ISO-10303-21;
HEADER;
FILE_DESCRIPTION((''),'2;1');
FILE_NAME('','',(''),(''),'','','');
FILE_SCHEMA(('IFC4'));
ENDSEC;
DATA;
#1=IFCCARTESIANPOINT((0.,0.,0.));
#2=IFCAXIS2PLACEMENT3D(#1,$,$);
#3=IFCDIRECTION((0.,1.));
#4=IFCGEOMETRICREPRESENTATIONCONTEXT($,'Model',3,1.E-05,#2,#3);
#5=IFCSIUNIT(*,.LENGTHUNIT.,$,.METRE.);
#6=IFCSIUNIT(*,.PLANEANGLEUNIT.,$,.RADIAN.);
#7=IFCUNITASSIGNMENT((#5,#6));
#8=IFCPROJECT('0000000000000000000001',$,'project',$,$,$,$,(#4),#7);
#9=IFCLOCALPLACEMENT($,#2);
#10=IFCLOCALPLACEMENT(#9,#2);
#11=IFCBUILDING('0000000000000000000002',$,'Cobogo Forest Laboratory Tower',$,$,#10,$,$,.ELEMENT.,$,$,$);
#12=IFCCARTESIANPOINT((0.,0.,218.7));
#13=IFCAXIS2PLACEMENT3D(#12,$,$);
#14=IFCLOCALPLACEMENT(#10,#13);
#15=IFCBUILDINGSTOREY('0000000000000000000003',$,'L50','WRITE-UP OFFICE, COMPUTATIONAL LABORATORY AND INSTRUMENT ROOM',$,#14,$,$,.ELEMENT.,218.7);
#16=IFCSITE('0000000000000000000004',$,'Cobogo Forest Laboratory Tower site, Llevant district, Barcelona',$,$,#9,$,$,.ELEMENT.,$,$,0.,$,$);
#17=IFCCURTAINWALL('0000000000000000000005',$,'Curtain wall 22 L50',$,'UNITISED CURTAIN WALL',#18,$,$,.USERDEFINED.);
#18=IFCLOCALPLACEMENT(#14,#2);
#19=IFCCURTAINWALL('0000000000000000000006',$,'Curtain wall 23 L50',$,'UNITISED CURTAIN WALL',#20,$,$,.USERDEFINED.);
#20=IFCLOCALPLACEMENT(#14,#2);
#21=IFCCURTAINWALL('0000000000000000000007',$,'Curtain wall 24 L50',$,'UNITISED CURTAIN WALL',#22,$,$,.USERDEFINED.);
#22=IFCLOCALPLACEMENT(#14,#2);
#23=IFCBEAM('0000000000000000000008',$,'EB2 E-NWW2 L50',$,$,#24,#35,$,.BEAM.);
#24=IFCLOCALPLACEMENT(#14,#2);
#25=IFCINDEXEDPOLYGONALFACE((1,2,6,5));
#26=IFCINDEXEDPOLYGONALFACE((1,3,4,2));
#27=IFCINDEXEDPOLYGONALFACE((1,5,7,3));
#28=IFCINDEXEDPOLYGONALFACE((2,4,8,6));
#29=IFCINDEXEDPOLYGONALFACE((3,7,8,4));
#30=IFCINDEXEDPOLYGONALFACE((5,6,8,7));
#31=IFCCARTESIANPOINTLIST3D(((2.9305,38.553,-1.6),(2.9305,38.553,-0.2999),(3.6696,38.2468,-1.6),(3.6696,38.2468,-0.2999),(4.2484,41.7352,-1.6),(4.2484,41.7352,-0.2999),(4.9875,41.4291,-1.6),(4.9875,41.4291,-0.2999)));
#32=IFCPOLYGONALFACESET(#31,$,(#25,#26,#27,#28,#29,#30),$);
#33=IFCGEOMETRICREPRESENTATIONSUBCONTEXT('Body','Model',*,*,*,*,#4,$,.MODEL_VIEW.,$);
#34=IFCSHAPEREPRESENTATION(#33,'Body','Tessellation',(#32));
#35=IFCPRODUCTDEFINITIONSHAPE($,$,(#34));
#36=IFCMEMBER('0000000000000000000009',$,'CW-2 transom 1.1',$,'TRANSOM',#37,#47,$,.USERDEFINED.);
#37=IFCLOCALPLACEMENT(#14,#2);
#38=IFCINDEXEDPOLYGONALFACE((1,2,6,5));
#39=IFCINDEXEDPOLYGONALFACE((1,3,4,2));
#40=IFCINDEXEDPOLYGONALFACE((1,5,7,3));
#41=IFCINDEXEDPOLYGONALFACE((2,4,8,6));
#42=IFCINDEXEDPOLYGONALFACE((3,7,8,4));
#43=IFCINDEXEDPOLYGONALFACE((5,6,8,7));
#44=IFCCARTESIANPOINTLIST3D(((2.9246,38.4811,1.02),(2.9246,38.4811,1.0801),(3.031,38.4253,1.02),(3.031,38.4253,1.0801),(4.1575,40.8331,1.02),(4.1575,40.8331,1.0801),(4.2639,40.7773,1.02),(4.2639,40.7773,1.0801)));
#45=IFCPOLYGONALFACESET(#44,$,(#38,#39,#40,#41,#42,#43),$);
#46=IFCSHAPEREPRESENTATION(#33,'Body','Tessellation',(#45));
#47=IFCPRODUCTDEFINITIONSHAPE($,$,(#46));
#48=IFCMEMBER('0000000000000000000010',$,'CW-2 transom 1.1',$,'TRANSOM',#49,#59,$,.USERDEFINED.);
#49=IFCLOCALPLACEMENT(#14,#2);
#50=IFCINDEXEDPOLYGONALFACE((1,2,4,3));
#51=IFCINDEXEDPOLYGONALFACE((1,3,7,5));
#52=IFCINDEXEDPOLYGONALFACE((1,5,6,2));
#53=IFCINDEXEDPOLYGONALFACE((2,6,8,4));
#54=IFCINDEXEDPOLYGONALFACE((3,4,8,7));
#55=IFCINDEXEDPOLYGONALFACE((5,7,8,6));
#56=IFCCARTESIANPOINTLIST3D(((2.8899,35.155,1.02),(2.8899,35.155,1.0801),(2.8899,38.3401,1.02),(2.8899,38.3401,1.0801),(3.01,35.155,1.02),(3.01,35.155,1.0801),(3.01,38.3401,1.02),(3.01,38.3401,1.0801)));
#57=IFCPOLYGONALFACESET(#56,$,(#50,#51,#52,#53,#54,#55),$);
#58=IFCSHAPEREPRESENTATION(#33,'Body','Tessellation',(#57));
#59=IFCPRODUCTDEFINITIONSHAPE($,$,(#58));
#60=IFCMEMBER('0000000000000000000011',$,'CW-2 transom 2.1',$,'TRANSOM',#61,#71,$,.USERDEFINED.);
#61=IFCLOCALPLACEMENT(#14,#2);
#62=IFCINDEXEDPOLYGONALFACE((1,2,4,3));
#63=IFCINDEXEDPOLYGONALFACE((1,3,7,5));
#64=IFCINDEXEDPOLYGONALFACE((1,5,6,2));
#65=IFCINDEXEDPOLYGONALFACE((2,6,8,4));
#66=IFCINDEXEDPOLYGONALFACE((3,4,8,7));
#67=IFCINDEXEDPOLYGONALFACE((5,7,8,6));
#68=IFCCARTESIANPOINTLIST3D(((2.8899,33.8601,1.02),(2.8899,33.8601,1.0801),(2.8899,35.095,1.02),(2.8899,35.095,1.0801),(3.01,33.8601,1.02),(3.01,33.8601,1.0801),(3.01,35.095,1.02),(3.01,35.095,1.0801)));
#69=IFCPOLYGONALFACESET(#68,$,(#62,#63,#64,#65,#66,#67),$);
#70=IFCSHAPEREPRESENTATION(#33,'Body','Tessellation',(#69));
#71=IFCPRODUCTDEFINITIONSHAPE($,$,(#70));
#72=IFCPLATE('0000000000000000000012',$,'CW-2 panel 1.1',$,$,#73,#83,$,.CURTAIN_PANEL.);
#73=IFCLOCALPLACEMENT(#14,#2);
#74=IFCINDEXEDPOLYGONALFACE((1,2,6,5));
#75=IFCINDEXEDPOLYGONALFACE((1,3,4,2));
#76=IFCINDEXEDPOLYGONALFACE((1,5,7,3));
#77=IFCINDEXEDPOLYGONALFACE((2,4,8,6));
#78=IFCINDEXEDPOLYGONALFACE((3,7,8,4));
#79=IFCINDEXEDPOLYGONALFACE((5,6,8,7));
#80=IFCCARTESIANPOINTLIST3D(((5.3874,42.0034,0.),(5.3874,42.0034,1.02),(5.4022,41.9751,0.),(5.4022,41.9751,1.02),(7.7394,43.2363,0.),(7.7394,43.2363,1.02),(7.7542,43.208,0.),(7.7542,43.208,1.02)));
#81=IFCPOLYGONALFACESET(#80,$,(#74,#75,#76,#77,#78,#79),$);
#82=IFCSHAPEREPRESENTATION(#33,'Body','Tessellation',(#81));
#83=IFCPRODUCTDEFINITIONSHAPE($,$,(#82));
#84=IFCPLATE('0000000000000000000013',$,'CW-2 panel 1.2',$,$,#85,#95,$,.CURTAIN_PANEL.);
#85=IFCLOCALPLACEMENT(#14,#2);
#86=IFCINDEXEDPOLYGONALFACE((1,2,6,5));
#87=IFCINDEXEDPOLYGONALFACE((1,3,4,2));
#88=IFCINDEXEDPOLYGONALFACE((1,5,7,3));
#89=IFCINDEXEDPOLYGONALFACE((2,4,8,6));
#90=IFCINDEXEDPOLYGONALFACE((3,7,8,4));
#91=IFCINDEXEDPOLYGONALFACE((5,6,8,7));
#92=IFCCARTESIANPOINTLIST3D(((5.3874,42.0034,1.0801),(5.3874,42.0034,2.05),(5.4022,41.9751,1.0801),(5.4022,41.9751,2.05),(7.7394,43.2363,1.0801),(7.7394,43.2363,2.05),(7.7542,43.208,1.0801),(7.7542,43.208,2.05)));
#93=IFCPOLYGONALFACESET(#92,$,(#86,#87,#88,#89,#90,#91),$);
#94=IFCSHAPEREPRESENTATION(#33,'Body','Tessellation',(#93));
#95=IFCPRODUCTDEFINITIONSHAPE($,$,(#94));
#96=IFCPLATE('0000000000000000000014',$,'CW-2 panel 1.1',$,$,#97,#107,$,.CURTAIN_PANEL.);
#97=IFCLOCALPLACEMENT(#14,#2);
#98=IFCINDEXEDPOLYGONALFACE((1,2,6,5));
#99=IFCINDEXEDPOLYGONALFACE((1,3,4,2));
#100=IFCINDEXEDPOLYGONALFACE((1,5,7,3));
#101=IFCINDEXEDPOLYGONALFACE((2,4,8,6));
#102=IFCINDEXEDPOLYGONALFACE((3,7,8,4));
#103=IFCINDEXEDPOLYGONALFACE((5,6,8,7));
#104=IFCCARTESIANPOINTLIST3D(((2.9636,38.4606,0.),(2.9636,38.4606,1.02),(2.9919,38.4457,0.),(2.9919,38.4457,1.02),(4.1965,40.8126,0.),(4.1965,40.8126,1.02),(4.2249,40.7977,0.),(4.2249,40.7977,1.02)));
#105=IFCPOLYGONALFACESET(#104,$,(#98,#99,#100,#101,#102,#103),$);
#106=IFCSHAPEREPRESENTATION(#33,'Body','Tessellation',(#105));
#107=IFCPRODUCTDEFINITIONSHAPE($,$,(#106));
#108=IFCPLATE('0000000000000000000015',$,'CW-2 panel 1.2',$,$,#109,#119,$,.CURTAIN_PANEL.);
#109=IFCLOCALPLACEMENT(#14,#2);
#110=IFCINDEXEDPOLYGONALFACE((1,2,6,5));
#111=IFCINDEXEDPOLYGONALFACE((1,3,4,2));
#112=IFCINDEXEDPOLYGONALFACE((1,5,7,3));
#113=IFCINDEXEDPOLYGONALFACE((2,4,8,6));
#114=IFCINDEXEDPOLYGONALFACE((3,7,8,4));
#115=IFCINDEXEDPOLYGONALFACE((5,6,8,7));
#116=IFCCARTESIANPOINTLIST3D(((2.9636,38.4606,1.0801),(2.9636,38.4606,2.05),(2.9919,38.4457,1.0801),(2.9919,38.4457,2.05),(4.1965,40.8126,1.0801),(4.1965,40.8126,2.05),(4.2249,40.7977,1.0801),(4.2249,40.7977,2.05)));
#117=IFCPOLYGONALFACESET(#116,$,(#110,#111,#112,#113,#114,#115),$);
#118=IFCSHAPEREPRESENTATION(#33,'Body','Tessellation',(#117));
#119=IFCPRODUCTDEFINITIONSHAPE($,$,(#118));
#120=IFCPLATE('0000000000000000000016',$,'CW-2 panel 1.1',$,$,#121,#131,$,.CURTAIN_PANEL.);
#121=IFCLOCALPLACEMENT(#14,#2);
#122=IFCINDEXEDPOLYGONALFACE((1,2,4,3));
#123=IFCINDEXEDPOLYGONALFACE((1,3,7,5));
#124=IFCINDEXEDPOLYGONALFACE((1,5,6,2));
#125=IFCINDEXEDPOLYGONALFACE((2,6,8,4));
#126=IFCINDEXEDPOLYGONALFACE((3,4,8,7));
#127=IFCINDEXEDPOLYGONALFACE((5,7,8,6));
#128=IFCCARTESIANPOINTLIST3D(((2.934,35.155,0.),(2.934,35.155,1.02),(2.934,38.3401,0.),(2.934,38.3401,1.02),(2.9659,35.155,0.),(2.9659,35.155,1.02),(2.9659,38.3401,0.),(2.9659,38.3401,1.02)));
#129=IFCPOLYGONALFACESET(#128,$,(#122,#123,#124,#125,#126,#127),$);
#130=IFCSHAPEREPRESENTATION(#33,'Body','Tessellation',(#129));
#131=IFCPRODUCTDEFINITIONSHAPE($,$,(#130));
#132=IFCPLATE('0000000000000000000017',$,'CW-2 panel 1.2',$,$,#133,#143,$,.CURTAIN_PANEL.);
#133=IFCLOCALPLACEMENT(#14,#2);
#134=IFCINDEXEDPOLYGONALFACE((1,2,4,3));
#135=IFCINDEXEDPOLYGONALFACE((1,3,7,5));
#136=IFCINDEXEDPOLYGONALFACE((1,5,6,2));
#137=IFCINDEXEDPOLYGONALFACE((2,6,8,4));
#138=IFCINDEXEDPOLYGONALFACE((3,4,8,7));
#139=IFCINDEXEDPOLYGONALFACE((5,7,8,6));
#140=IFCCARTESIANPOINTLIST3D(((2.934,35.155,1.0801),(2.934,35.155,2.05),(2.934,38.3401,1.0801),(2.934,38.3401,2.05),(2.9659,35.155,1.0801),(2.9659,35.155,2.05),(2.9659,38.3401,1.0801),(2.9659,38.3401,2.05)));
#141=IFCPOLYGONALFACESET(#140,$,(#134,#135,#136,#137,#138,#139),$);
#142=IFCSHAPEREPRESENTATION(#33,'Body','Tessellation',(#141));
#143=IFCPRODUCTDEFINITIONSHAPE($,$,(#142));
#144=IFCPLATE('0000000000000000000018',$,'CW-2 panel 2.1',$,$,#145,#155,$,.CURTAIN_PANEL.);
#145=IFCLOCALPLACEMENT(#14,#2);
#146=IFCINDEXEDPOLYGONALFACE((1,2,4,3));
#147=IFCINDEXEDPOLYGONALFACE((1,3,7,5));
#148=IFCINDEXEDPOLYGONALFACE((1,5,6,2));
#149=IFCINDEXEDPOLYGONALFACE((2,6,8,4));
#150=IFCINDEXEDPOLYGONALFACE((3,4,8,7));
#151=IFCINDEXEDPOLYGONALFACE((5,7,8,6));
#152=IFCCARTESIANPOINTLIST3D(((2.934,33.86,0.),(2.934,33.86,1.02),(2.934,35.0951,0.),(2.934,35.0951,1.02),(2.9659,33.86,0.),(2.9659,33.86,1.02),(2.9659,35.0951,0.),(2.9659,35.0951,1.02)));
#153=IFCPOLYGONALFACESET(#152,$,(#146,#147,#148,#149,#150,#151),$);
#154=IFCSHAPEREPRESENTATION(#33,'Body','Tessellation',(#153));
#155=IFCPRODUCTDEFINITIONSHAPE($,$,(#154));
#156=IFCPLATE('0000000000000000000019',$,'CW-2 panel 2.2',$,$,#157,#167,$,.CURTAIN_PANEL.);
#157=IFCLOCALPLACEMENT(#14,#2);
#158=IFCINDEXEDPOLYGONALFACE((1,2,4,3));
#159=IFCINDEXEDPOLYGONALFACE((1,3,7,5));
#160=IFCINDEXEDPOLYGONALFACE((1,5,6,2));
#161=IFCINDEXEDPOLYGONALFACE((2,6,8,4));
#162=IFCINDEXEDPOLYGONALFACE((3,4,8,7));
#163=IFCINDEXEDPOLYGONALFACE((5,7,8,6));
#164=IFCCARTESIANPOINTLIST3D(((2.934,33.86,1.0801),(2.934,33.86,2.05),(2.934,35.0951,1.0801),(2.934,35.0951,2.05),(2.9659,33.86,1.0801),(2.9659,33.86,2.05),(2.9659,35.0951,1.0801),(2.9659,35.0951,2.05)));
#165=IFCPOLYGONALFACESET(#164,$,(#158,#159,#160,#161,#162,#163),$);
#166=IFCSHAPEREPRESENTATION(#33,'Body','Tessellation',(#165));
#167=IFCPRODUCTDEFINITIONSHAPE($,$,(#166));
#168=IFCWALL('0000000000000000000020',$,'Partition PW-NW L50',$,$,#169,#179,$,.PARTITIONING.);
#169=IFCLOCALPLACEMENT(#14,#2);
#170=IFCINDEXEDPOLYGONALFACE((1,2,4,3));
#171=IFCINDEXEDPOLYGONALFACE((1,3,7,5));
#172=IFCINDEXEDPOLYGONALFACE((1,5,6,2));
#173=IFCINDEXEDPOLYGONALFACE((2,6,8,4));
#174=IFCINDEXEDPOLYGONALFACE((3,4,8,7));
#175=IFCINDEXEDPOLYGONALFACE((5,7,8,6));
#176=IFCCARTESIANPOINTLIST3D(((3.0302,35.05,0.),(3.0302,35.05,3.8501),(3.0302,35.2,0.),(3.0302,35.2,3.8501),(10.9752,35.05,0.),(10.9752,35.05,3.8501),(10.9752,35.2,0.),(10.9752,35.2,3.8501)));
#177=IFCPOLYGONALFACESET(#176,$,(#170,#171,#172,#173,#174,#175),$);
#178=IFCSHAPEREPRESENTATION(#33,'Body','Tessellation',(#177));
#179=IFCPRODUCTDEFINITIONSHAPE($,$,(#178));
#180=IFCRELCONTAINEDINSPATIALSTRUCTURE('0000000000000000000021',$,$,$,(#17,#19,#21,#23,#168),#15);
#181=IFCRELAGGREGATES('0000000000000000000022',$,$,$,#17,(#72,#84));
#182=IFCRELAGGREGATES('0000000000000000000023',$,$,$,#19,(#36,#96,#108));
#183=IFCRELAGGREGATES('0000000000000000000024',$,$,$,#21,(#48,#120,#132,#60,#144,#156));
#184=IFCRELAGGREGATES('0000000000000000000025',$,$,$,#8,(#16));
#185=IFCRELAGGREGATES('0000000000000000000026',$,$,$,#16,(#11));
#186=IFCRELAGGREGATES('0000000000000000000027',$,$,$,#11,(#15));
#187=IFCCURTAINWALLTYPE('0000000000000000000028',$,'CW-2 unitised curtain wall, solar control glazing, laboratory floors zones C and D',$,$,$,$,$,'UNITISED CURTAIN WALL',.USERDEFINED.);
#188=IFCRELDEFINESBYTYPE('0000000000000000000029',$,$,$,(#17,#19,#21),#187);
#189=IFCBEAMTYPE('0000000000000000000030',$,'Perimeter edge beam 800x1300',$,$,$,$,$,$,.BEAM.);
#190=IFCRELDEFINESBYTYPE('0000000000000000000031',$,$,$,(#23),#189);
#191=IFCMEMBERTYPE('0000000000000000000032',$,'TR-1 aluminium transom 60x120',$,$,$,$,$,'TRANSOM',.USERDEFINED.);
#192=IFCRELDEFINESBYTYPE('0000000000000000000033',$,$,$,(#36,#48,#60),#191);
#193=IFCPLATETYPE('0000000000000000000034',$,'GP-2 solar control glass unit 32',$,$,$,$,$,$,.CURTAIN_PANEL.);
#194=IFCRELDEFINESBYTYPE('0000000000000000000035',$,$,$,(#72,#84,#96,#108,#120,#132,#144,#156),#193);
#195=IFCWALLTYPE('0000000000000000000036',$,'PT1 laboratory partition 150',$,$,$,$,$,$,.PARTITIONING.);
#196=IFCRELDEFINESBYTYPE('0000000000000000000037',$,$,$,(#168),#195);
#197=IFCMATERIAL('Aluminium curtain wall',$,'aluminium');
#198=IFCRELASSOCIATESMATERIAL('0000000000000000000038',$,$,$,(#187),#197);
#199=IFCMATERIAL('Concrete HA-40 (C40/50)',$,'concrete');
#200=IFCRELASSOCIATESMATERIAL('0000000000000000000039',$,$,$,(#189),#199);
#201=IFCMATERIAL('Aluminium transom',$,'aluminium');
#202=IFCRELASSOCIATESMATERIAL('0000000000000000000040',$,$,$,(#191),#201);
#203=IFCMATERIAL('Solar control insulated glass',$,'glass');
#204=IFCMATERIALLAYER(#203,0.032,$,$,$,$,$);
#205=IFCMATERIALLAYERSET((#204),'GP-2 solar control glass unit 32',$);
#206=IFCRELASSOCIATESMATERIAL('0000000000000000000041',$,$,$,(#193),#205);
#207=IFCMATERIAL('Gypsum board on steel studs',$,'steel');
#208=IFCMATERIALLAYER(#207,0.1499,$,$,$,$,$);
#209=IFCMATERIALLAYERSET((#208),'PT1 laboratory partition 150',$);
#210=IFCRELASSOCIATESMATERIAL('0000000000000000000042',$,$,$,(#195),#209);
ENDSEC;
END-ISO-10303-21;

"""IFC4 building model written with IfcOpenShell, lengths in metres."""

from ifc_helpers import new_model, si_unit, direction, frame, frame_2d, origin, origin_2d, place, context, subcontext, project, spatial, rectangle, extrude, material, layer, layer_set, material_profile, profile_set, type_object, element, aggregate, save


model = new_model("IFC4")

# Units and contexts
model_context = context("Model", 3, precision=1e-05, world=origin(), true_north=direction((0.0, 1.0)))
body_context = subcontext(model_context, "Body", "Model", "MODEL_VIEW")
ifc_project = project(units=[si_unit("LENGTHUNIT", "METRE"), si_unit("PLANEANGLEUNIT", "RADIAN")], contexts=[model_context])

# Site, building, storey
site_placement = place(None, origin())
site = spatial("IfcSite", under=ifc_project, at=site_placement, Name="Cobogo Forest Laboratory Tower site, Llevant district, Barcelona", CompositionType="ELEMENT", RefElevation=0.0)
building_placement = place(site_placement, origin())
building = spatial("IfcBuilding", under=site, at=building_placement, Name="Cobogo Forest Laboratory Tower", CompositionType="ELEMENT")
storey_placement = place(building_placement, frame((0.0, 0.0, 218.7)))
storey = spatial("IfcBuildingStorey", under=building, at=storey_placement, Name="L50", Description="WRITE-UP OFFICE, COMPUTATIONAL LABORATORY AND INSTRUMENT ROOM", CompositionType="ELEMENT", Elevation=218.7)

# Curtain wall
ifc_material_1 = material(Name="Aluminium curtain wall", Category="aluminium")
curtain_wall_type = type_object("IfcCurtainWallType", Name="CW-2 unitised curtain wall, solar control glazing, laboratory floors zones C and D", ElementType="UNITISED CURTAIN WALL", PredefinedType="USERDEFINED", material=ifc_material_1)
curtain_wall_1_placement = place(storey_placement, origin())
curtain_wall_1 = element("IfcCurtainWall", 1, at=curtain_wall_1_placement, inside=storey, type_object=curtain_wall_type, Name="Curtain wall 22 L50", ObjectType="UNITISED CURTAIN WALL", PredefinedType="USERDEFINED")

# Curtain walls
curtain_wall_2_placement = place(storey_placement, origin())
curtain_wall_2 = element("IfcCurtainWall", 2, at=curtain_wall_2_placement, inside=storey, type_object=curtain_wall_type, Name="Curtain wall 23 L50", ObjectType="UNITISED CURTAIN WALL", PredefinedType="USERDEFINED")
curtain_wall_3_placement = place(storey_placement, origin())
curtain_wall_3 = element("IfcCurtainWall", 3, at=curtain_wall_3_placement, inside=storey, type_object=curtain_wall_type, Name="Curtain wall 24 L50", ObjectType="UNITISED CURTAIN WALL", PredefinedType="USERDEFINED")

# Beam
ifc_material_2 = material(Name="Concrete HA-40 (C40/50)", Category="concrete")
ifc_material_profile_1 = material_profile(ifc_material_2, rectangle(XDim=0.8, YDim=1.3, at=origin_2d()), Name="RC 800x1300")
ifc_profile_set_1 = profile_set([ifc_material_profile_1], Name="Concrete HA-40 (C40/50)")
beam_type_1 = type_object("IfcBeamType", Name="Perimeter edge beam 800x1300", PredefinedType="BEAM", material=ifc_profile_set_1)
beam_1_placement = place(storey_placement, frame((3.3, 38.3999, -0.95), z_axis=(0.382631, 0.923901, 0.0), x_axis=(-0.923901, 0.382631, 0.0)))
element("IfcBeam", 4, at=beam_1_placement, inside=storey, type_object=beam_type_1, Name="EB2 E-NWW2 L50", PredefinedType="BEAM", context=body_context, shape_type="SweptSolid", body=[
    extrude(rectangle(XDim=0.8, YDim=1.3, at=origin_2d()), origin(), (0.0, 0.0, 1.0), 3.4443),
])

# Members
ifc_material_3 = material(Name="Aluminium transom", Category="aluminium")
ifc_material_profile_2 = material_profile(ifc_material_3, rectangle(XDim=0.1201, YDim=0.0601, at=origin_2d()), Name="AL 60x120")
ifc_profile_set_2 = profile_set([ifc_material_profile_2], Name="Aluminium transom")
member_type_1 = type_object("IfcMemberType", Name="TR-1 aluminium transom 60x120", ElementType="TRANSOM", PredefinedType="USERDEFINED", material=ifc_profile_set_2)
member_1_placement = place(storey_placement, frame((4.2107, 40.8052, 1.05), z_axis=(-0.464268, -0.885695, 0.0), x_axis=(0.885695, -0.464268, 0.0)))
member_1 = element("IfcMember", 5, at=member_1_placement, type_object=member_type_1, Name="CW-2 transom 1.1", ObjectType="TRANSOM", PredefinedType="USERDEFINED", context=body_context, shape_type="SweptSolid", body=[
    extrude(rectangle(XDim=0.1201, YDim=0.0601, at=origin_2d()), origin(), (0.0, 0.0, 1.0), 2.6555),
])
member_2_placement = place(storey_placement, frame((2.95, 38.3401, 1.05), z_axis=(0.0, -1.0, 0.0), x_axis=(1.0, 0.0, 0.0)))
member_2 = element("IfcMember", 6, at=member_2_placement, type_object=member_type_1, Name="CW-2 transom 1.1", ObjectType="TRANSOM", PredefinedType="USERDEFINED", context=body_context, shape_type="SweptSolid", body=[
    extrude(rectangle(XDim=0.1201, YDim=0.0601, at=origin_2d()), origin(), (0.0, 0.0, 1.0), 3.1851),
])
member_3_placement = place(storey_placement, frame((2.95, 35.095, 1.05), z_axis=(0.0, -1.0, 0.0), x_axis=(1.0, 0.0, 0.0)))
member_3 = element("IfcMember", 7, at=member_3_placement, type_object=member_type_1, Name="CW-2 transom 2.1", ObjectType="TRANSOM", PredefinedType="USERDEFINED", context=body_context, shape_type="SweptSolid", body=[
    extrude(rectangle(XDim=0.1201, YDim=0.0601, at=origin_2d()), origin(), (0.0, 0.0, 1.0), 1.2349),
])

# Plates
ifc_material_4 = material(Name="Solar control insulated glass", Category="glass")
ifc_layer_1 = layer(ifc_material_4, 0.032)
ifc_layer_set_1 = layer_set([ifc_layer_1], Name="GP-2 solar control glass unit 32")
plate_type = type_object("IfcPlateType", Name="GP-2 solar control glass unit 32", PredefinedType="CURTAIN_PANEL", material=ifc_layer_set_1)
plate_1_placement = place(storey_placement, frame((6.5708, 42.6057, 0.0), z_axis=(0.0, 0.0, 1.0), x_axis=(-0.885687, -0.464284, 0.0)))
plate_1 = element("IfcPlate", 8, at=plate_1_placement, type_object=plate_type, Name="CW-2 panel 1.1", PredefinedType="CURTAIN_PANEL", context=body_context, shape_type="SweptSolid", body=[
    extrude(rectangle(XDim=2.6555, YDim=0.032, at=origin_2d()), origin(), (0.0, 0.0, 1.0), 1.02),
])
plate_2_placement = place(storey_placement, frame((6.5708, 42.6057, 1.0801), z_axis=(0.0, 0.0, 1.0), x_axis=(-0.885687, -0.464284, 0.0)))
plate_2 = element("IfcPlate", 9, at=plate_2_placement, type_object=plate_type, Name="CW-2 panel 1.2", PredefinedType="CURTAIN_PANEL", context=body_context, shape_type="SweptSolid", body=[
    extrude(rectangle(XDim=2.6555, YDim=0.032, at=origin_2d()), origin(), (0.0, 0.0, 1.0), 0.97),
])
aggregate(curtain_wall_1, [plate_1, plate_2])
plate_3_placement = place(storey_placement, frame((3.5942, 39.6292, 0.0), z_axis=(0.0, 0.0, 1.0), x_axis=(-0.464284, -0.885687, 0.0)))
plate_3 = element("IfcPlate", 10, at=plate_3_placement, type_object=plate_type, Name="CW-2 panel 1.1", PredefinedType="CURTAIN_PANEL", context=body_context, shape_type="SweptSolid", body=[
    extrude(rectangle(XDim=2.6555, YDim=0.032, at=origin_2d()), origin(), (0.0, 0.0, 1.0), 1.02),
])
plate_4_placement = place(storey_placement, frame((3.5942, 39.6292, 1.0801), z_axis=(0.0, 0.0, 1.0), x_axis=(-0.464284, -0.885687, 0.0)))
plate_4 = element("IfcPlate", 11, at=plate_4_placement, type_object=plate_type, Name="CW-2 panel 1.2", PredefinedType="CURTAIN_PANEL", context=body_context, shape_type="SweptSolid", body=[
    extrude(rectangle(XDim=2.6555, YDim=0.032, at=origin_2d()), origin(), (0.0, 0.0, 1.0), 0.97),
])
aggregate(curtain_wall_2, [member_1, plate_3, plate_4])
plate_5_placement = place(storey_placement, frame((2.95, 36.7476, 0.0), z_axis=(0.0, 0.0, 1.0), x_axis=(0.0, -1.0, 0.0)))
plate_5 = element("IfcPlate", 12, at=plate_5_placement, type_object=plate_type, Name="CW-2 panel 1.1", PredefinedType="CURTAIN_PANEL", context=body_context, shape_type="SweptSolid", body=[
    extrude(rectangle(XDim=3.1851, YDim=0.032, at=origin_2d()), origin(), (0.0, 0.0, 1.0), 1.02),
])
plate_6_placement = place(storey_placement, frame((2.95, 36.7476, 1.0801), z_axis=(0.0, 0.0, 1.0), x_axis=(0.0, -1.0, 0.0)))
plate_6 = element("IfcPlate", 13, at=plate_6_placement, type_object=plate_type, Name="CW-2 panel 1.2", PredefinedType="CURTAIN_PANEL", context=body_context, shape_type="SweptSolid", body=[
    extrude(rectangle(XDim=3.1851, YDim=0.032, at=origin_2d()), origin(), (0.0, 0.0, 1.0), 0.97),
])
plate_7_placement = place(storey_placement, frame((2.95, 34.4775, 0.0), z_axis=(0.0, 0.0, 1.0), x_axis=(0.0, -1.0, 0.0)))
plate_7 = element("IfcPlate", 14, at=plate_7_placement, type_object=plate_type, Name="CW-2 panel 2.1", PredefinedType="CURTAIN_PANEL", context=body_context, shape_type="SweptSolid", body=[
    extrude(rectangle(XDim=1.2351, YDim=0.032, at=origin_2d()), origin(), (0.0, 0.0, 1.0), 1.02),
])
plate_8_placement = place(storey_placement, frame((2.95, 34.4775, 1.0801), z_axis=(0.0, 0.0, 1.0), x_axis=(0.0, -1.0, 0.0)))
plate_8 = element("IfcPlate", 15, at=plate_8_placement, type_object=plate_type, Name="CW-2 panel 2.2", PredefinedType="CURTAIN_PANEL", context=body_context, shape_type="SweptSolid", body=[
    extrude(rectangle(XDim=1.2351, YDim=0.032, at=origin_2d()), origin(), (0.0, 0.0, 1.0), 0.97),
])
aggregate(curtain_wall_3, [member_2, plate_5, plate_6, member_3, plate_7, plate_8])

# Wall
ifc_material_5 = material(Name="Gypsum board on steel studs", Category="steel")
ifc_layer_2 = layer(ifc_material_5, 0.1499)
ifc_layer_set_2 = layer_set([ifc_layer_2], Name="PT1 laboratory partition 150")
wall_type = type_object("IfcWallType", Name="PT1 laboratory partition 150", PredefinedType="PARTITIONING", material=ifc_layer_set_2)
wall_placement = place(storey_placement, frame((3.03, 35.125, 0.0), z_axis=(0.0, 0.0, 1.0), x_axis=(1.0, 0.0, 0.0)))
element("IfcWall", 16, at=wall_placement, inside=storey, type_object=wall_type, Name="Partition PW-NW L50", PredefinedType="PARTITIONING", context=body_context, shape_type="SweptSolid", body=[
    extrude(rectangle(XDim=7.9451, YDim=0.1499, at=frame_2d((3.9727, 0.0))), origin(), (0.0, 0.0, 1.0), 3.8501),
])

save(model, "model.ifc")
